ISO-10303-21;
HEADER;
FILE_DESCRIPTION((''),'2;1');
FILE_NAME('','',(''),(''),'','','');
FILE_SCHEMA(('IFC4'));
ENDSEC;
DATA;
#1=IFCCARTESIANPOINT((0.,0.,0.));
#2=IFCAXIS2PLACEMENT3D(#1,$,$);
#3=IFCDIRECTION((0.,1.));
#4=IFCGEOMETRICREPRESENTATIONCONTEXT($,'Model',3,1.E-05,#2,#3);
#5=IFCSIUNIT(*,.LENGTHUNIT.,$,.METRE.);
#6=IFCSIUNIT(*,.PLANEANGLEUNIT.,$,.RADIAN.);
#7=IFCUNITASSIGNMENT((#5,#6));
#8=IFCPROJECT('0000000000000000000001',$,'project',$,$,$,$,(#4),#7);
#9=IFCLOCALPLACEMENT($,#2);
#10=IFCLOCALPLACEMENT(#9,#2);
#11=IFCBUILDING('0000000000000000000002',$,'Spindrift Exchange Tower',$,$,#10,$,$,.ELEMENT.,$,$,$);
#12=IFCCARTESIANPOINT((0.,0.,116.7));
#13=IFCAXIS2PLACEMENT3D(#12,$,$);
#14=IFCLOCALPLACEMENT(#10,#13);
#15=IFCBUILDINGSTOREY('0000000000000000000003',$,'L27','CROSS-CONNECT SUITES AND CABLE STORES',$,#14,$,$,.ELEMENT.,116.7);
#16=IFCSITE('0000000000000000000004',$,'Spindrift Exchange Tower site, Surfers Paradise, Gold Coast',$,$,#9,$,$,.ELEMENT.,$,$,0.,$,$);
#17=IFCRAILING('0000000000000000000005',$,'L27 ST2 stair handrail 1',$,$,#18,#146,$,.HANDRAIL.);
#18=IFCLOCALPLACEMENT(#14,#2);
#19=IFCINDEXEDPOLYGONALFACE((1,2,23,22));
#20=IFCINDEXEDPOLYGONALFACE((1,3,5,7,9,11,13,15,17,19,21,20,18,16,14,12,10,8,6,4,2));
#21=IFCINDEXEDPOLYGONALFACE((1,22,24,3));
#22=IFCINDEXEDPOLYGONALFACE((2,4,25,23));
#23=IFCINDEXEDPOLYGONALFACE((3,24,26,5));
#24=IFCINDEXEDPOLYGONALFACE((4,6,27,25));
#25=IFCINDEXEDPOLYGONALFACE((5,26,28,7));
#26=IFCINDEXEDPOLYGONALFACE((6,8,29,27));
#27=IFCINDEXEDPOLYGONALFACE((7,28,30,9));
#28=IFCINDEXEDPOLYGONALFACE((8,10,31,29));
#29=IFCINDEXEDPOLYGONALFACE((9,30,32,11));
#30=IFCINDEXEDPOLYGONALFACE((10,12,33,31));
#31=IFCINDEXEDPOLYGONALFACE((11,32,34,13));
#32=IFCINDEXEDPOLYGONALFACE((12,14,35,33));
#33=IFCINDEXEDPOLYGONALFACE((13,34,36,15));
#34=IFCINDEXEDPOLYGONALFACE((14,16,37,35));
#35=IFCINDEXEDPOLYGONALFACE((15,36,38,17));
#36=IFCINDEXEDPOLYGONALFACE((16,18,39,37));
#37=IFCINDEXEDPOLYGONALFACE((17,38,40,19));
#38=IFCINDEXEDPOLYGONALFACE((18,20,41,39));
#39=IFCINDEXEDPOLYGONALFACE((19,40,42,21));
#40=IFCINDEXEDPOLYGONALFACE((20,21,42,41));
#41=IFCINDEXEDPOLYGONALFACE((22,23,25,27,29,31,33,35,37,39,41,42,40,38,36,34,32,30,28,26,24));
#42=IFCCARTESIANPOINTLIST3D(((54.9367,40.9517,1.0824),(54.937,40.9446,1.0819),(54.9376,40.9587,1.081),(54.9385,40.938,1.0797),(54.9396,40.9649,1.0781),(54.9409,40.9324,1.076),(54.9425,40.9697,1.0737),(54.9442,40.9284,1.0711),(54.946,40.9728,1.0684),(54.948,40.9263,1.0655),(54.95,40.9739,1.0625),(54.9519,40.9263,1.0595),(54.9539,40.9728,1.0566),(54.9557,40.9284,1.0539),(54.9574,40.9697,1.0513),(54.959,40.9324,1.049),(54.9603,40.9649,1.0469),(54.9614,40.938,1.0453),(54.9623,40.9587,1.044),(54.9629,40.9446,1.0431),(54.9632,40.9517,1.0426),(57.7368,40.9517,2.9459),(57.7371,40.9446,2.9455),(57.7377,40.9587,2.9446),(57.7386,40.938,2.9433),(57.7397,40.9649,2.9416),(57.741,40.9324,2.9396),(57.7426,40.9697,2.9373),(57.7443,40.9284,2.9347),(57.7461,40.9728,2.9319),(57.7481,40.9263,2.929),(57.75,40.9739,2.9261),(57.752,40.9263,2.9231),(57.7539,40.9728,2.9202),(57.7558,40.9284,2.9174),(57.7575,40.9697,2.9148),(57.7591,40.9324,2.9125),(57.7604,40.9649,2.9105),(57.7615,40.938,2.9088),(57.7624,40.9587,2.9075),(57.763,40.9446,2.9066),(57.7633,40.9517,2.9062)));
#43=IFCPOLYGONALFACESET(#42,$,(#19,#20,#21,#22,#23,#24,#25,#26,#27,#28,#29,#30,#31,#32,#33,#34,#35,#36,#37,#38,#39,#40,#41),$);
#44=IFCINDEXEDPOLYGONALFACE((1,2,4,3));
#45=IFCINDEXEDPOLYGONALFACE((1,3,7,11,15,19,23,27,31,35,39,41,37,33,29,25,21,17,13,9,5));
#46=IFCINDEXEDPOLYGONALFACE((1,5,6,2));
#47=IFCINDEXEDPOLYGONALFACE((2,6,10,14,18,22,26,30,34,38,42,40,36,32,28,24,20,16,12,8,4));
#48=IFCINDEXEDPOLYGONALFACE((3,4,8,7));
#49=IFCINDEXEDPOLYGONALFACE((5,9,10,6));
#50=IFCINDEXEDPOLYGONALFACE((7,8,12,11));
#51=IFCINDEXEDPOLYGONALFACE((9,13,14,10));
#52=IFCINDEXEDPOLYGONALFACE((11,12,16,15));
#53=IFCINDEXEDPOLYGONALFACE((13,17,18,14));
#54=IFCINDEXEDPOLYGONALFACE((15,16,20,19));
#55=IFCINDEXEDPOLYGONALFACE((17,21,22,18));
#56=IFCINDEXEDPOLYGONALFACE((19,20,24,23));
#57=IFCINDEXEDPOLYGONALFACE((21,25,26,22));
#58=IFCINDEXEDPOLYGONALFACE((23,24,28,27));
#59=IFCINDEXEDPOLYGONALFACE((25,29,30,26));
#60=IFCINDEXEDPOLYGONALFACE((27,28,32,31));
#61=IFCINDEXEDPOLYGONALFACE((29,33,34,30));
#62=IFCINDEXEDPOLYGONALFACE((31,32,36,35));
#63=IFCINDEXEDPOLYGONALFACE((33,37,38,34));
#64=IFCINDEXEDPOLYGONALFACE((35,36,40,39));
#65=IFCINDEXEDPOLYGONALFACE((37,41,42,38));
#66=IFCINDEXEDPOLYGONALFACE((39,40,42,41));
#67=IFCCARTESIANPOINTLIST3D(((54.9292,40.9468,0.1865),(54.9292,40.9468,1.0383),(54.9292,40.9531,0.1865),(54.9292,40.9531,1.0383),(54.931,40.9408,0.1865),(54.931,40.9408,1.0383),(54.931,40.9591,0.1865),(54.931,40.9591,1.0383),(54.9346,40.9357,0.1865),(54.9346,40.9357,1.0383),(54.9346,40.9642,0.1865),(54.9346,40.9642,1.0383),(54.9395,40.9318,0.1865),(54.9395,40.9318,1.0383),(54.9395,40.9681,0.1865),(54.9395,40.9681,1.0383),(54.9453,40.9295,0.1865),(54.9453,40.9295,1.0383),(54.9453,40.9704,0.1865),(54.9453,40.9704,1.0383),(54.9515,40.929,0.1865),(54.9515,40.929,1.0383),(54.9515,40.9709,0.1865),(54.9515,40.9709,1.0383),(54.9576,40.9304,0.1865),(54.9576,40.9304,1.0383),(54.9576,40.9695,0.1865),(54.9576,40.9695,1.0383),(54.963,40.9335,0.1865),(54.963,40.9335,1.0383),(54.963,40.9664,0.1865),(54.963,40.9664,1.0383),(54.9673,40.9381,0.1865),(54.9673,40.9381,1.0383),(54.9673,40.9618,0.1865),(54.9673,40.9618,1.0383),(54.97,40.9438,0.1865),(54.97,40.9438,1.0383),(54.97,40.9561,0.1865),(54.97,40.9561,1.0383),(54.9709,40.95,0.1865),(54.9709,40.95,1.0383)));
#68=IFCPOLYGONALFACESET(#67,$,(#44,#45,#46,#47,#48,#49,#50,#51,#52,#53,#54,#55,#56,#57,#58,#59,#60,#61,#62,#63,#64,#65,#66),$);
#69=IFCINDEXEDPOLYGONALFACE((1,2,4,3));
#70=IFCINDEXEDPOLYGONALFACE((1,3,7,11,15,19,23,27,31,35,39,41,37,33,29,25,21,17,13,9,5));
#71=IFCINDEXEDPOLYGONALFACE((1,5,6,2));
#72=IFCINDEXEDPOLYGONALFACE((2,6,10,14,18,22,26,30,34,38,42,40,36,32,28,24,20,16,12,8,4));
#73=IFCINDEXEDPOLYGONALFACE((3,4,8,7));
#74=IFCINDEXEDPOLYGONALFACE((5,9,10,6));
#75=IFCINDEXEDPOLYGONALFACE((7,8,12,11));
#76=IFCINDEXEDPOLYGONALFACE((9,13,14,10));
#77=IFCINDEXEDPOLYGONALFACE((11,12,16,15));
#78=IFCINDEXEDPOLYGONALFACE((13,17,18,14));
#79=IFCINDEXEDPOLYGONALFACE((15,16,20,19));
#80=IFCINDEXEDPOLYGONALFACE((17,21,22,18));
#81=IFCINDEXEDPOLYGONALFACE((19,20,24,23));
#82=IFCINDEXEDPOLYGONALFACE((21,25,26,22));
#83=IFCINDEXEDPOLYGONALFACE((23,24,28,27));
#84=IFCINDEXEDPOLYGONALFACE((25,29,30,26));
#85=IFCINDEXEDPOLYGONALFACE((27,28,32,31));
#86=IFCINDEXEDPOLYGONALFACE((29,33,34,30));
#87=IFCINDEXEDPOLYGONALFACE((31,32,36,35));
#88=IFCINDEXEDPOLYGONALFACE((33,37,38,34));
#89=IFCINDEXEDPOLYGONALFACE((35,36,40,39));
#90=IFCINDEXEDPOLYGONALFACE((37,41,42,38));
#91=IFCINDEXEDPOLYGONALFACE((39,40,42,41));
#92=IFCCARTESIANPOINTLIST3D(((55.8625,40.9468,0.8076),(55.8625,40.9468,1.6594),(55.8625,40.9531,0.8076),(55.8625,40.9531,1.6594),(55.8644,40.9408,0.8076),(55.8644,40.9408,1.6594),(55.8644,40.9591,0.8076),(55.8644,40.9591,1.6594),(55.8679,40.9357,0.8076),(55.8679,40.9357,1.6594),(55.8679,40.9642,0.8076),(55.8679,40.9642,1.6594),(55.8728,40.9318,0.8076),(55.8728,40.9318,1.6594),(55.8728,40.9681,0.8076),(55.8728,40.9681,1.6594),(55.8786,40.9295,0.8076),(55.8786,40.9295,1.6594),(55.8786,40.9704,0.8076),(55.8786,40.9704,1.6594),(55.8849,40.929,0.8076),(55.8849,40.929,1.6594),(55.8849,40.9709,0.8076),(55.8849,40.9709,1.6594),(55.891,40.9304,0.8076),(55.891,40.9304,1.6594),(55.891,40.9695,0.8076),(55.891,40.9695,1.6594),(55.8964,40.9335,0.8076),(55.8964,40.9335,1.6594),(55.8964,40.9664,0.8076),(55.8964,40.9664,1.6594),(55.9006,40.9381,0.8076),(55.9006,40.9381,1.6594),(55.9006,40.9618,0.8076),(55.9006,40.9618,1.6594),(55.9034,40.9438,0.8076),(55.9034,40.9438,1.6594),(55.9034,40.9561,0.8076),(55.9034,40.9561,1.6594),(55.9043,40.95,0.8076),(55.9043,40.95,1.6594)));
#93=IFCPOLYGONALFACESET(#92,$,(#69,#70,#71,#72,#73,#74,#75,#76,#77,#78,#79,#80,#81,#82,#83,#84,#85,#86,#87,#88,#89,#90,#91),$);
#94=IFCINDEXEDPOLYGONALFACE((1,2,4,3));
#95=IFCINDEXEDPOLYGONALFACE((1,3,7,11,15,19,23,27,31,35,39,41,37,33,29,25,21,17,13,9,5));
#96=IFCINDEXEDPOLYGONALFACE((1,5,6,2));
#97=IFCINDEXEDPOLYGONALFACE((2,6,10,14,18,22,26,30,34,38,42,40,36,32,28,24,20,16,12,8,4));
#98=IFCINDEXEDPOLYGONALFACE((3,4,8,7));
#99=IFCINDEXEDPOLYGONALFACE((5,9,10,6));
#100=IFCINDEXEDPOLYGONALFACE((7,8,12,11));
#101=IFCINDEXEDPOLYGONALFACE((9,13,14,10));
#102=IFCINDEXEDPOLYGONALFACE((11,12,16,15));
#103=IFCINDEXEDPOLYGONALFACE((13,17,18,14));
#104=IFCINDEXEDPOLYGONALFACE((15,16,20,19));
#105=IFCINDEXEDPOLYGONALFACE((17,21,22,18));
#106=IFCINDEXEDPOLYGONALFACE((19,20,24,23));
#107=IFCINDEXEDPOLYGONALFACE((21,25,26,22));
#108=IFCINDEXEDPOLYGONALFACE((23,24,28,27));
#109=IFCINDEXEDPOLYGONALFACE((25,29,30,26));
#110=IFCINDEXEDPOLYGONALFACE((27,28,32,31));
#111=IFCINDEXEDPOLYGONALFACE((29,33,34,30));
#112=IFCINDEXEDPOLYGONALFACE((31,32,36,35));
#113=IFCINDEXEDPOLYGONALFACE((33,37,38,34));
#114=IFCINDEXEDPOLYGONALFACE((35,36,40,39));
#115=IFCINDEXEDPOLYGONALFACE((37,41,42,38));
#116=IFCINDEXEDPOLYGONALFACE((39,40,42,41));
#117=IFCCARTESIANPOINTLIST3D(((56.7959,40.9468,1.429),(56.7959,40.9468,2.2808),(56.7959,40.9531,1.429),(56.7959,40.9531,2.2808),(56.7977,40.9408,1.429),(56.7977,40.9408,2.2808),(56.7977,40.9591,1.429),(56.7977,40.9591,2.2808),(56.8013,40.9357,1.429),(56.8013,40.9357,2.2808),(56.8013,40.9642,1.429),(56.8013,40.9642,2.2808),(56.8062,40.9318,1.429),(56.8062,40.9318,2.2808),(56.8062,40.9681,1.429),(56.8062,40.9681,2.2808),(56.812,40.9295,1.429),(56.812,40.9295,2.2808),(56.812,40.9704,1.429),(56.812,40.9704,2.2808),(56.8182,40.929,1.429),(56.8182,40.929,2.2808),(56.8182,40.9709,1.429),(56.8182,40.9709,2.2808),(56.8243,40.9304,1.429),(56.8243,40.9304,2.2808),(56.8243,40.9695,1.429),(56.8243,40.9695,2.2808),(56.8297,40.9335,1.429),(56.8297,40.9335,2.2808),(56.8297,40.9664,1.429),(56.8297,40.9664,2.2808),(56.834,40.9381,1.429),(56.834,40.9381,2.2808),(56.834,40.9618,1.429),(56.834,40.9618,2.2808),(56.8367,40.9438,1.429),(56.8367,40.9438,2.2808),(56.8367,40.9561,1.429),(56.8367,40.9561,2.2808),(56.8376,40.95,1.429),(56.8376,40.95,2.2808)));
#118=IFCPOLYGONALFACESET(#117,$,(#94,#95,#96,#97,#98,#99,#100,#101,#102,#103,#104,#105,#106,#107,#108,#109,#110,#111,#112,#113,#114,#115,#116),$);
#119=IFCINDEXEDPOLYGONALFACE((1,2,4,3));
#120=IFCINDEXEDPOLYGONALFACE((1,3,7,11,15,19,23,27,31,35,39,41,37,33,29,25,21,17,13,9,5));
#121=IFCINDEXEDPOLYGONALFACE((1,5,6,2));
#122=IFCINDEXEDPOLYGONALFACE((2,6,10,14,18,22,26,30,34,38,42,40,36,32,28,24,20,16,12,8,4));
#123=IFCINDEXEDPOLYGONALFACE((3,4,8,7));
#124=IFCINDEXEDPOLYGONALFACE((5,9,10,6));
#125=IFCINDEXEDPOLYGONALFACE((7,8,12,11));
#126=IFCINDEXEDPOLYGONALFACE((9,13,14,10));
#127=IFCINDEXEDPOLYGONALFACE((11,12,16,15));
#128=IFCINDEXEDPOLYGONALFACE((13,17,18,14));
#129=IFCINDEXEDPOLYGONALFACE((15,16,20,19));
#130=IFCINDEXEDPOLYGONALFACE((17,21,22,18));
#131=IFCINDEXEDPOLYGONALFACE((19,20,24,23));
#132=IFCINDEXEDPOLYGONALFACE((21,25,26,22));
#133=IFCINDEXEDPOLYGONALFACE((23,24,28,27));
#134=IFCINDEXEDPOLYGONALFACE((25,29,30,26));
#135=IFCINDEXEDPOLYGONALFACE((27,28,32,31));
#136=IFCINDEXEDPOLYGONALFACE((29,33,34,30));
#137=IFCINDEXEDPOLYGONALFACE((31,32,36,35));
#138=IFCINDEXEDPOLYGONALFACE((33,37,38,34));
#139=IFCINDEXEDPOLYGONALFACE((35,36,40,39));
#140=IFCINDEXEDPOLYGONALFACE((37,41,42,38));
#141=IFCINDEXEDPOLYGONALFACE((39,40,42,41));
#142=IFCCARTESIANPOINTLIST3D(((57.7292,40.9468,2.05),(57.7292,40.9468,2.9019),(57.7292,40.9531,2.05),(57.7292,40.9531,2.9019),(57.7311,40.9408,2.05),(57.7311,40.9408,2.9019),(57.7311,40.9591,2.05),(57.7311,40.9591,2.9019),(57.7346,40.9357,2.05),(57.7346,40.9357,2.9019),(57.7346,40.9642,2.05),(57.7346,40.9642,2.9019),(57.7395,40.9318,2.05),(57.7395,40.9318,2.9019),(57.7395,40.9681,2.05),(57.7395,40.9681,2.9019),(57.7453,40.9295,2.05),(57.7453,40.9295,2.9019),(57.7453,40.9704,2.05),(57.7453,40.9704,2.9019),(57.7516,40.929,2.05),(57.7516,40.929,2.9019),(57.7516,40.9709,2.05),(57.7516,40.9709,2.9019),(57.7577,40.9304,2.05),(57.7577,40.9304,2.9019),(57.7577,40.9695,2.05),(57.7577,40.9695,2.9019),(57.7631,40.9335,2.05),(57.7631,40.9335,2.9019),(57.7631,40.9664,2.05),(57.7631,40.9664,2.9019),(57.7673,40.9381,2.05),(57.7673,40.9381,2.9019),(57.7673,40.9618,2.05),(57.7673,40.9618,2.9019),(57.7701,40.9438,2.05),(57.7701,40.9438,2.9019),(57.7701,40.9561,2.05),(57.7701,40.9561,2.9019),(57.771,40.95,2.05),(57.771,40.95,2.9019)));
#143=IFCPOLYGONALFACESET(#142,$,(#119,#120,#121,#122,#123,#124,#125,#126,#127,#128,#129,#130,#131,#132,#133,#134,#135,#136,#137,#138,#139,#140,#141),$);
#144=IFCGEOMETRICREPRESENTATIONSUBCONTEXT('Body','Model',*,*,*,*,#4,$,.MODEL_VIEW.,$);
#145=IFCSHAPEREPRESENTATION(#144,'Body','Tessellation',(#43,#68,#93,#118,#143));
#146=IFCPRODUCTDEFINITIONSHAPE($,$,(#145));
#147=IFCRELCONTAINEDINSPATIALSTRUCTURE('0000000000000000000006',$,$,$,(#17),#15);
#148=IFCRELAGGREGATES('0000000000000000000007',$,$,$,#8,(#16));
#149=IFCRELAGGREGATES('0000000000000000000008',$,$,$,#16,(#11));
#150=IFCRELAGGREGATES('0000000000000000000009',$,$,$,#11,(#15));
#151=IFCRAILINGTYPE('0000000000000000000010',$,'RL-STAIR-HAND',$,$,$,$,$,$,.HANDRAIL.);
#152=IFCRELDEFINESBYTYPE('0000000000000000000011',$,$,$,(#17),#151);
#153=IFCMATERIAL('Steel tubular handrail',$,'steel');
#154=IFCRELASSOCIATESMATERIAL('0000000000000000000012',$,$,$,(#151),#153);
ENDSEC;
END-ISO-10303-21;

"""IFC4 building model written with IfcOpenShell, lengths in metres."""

from ifc_helpers import new_model, si_unit, direction, frame, origin, origin_2d, place, context, subcontext, project, spatial, circle, extrude, material, type_object, element, save


model = new_model("IFC4")

# Units and contexts
model_context = context("Model", 3, precision=1e-05, world=origin(), true_north=direction((0.0, 1.0)))
body_context = subcontext(model_context, "Body", "Model", "MODEL_VIEW")
ifc_project = project(units=[si_unit("LENGTHUNIT", "METRE"), si_unit("PLANEANGLEUNIT", "RADIAN")], contexts=[model_context])

# Site, building, storey
site_placement = place(None, origin())
site = spatial("IfcSite", under=ifc_project, at=site_placement, Name="Spindrift Exchange Tower site, Surfers Paradise, Gold Coast", CompositionType="ELEMENT", RefElevation=0.0)
building_placement = place(site_placement, origin())
building = spatial("IfcBuilding", under=site, at=building_placement, Name="Spindrift Exchange Tower", CompositionType="ELEMENT")
storey_placement = place(building_placement, frame((0.0, 0.0, 116.7)))
storey = spatial("IfcBuildingStorey", under=building, at=storey_placement, Name="L27", Description="CROSS-CONNECT SUITES AND CABLE STORES", CompositionType="ELEMENT", Elevation=116.7)

# Railing
ifc_material_1 = material(Name="Steel tubular handrail", Category="steel")
railing_type_1 = type_object("IfcRailingType", Name="RL-STAIR-HAND", PredefinedType="HANDRAIL", material=ifc_material_1)
railing_1_placement = place(storey_placement, frame((54.95, 40.95, 0.1865)))
element("IfcRailing", 1, at=railing_1_placement, inside=storey, type_object=railing_type_1, Name="L27 ST2 stair handrail 1", PredefinedType="HANDRAIL", context=body_context, shape_type="SweptSolid", body=[
    extrude(circle(Radius=0.0239, at=origin_2d()), frame((0.0, 0.0, 0.876), z_axis=(0.832486, 0.0, 0.554047), x_axis=(0.0, 1.0, 0.0)), (0.0, 0.0, 1.0), 3.3635),
    extrude(circle(Radius=0.021, at=origin_2d()), origin(), (0.0, 0.0, 1.0), 0.8518),
    extrude(circle(Radius=0.021, at=origin_2d()), frame((0.9333, 0.0, 0.6211)), (0.0, 0.0, 1.0), 0.8518),
    extrude(circle(Radius=0.021, at=origin_2d()), frame((1.8667, 0.0, 1.2424)), (0.0, 0.0, 1.0), 0.8518),
    extrude(circle(Radius=0.021, at=origin_2d()), frame((2.8, 0.0, 1.8635)), (0.0, 0.0, 1.0), 0.8518),
])

save(model, "model.ifc")
